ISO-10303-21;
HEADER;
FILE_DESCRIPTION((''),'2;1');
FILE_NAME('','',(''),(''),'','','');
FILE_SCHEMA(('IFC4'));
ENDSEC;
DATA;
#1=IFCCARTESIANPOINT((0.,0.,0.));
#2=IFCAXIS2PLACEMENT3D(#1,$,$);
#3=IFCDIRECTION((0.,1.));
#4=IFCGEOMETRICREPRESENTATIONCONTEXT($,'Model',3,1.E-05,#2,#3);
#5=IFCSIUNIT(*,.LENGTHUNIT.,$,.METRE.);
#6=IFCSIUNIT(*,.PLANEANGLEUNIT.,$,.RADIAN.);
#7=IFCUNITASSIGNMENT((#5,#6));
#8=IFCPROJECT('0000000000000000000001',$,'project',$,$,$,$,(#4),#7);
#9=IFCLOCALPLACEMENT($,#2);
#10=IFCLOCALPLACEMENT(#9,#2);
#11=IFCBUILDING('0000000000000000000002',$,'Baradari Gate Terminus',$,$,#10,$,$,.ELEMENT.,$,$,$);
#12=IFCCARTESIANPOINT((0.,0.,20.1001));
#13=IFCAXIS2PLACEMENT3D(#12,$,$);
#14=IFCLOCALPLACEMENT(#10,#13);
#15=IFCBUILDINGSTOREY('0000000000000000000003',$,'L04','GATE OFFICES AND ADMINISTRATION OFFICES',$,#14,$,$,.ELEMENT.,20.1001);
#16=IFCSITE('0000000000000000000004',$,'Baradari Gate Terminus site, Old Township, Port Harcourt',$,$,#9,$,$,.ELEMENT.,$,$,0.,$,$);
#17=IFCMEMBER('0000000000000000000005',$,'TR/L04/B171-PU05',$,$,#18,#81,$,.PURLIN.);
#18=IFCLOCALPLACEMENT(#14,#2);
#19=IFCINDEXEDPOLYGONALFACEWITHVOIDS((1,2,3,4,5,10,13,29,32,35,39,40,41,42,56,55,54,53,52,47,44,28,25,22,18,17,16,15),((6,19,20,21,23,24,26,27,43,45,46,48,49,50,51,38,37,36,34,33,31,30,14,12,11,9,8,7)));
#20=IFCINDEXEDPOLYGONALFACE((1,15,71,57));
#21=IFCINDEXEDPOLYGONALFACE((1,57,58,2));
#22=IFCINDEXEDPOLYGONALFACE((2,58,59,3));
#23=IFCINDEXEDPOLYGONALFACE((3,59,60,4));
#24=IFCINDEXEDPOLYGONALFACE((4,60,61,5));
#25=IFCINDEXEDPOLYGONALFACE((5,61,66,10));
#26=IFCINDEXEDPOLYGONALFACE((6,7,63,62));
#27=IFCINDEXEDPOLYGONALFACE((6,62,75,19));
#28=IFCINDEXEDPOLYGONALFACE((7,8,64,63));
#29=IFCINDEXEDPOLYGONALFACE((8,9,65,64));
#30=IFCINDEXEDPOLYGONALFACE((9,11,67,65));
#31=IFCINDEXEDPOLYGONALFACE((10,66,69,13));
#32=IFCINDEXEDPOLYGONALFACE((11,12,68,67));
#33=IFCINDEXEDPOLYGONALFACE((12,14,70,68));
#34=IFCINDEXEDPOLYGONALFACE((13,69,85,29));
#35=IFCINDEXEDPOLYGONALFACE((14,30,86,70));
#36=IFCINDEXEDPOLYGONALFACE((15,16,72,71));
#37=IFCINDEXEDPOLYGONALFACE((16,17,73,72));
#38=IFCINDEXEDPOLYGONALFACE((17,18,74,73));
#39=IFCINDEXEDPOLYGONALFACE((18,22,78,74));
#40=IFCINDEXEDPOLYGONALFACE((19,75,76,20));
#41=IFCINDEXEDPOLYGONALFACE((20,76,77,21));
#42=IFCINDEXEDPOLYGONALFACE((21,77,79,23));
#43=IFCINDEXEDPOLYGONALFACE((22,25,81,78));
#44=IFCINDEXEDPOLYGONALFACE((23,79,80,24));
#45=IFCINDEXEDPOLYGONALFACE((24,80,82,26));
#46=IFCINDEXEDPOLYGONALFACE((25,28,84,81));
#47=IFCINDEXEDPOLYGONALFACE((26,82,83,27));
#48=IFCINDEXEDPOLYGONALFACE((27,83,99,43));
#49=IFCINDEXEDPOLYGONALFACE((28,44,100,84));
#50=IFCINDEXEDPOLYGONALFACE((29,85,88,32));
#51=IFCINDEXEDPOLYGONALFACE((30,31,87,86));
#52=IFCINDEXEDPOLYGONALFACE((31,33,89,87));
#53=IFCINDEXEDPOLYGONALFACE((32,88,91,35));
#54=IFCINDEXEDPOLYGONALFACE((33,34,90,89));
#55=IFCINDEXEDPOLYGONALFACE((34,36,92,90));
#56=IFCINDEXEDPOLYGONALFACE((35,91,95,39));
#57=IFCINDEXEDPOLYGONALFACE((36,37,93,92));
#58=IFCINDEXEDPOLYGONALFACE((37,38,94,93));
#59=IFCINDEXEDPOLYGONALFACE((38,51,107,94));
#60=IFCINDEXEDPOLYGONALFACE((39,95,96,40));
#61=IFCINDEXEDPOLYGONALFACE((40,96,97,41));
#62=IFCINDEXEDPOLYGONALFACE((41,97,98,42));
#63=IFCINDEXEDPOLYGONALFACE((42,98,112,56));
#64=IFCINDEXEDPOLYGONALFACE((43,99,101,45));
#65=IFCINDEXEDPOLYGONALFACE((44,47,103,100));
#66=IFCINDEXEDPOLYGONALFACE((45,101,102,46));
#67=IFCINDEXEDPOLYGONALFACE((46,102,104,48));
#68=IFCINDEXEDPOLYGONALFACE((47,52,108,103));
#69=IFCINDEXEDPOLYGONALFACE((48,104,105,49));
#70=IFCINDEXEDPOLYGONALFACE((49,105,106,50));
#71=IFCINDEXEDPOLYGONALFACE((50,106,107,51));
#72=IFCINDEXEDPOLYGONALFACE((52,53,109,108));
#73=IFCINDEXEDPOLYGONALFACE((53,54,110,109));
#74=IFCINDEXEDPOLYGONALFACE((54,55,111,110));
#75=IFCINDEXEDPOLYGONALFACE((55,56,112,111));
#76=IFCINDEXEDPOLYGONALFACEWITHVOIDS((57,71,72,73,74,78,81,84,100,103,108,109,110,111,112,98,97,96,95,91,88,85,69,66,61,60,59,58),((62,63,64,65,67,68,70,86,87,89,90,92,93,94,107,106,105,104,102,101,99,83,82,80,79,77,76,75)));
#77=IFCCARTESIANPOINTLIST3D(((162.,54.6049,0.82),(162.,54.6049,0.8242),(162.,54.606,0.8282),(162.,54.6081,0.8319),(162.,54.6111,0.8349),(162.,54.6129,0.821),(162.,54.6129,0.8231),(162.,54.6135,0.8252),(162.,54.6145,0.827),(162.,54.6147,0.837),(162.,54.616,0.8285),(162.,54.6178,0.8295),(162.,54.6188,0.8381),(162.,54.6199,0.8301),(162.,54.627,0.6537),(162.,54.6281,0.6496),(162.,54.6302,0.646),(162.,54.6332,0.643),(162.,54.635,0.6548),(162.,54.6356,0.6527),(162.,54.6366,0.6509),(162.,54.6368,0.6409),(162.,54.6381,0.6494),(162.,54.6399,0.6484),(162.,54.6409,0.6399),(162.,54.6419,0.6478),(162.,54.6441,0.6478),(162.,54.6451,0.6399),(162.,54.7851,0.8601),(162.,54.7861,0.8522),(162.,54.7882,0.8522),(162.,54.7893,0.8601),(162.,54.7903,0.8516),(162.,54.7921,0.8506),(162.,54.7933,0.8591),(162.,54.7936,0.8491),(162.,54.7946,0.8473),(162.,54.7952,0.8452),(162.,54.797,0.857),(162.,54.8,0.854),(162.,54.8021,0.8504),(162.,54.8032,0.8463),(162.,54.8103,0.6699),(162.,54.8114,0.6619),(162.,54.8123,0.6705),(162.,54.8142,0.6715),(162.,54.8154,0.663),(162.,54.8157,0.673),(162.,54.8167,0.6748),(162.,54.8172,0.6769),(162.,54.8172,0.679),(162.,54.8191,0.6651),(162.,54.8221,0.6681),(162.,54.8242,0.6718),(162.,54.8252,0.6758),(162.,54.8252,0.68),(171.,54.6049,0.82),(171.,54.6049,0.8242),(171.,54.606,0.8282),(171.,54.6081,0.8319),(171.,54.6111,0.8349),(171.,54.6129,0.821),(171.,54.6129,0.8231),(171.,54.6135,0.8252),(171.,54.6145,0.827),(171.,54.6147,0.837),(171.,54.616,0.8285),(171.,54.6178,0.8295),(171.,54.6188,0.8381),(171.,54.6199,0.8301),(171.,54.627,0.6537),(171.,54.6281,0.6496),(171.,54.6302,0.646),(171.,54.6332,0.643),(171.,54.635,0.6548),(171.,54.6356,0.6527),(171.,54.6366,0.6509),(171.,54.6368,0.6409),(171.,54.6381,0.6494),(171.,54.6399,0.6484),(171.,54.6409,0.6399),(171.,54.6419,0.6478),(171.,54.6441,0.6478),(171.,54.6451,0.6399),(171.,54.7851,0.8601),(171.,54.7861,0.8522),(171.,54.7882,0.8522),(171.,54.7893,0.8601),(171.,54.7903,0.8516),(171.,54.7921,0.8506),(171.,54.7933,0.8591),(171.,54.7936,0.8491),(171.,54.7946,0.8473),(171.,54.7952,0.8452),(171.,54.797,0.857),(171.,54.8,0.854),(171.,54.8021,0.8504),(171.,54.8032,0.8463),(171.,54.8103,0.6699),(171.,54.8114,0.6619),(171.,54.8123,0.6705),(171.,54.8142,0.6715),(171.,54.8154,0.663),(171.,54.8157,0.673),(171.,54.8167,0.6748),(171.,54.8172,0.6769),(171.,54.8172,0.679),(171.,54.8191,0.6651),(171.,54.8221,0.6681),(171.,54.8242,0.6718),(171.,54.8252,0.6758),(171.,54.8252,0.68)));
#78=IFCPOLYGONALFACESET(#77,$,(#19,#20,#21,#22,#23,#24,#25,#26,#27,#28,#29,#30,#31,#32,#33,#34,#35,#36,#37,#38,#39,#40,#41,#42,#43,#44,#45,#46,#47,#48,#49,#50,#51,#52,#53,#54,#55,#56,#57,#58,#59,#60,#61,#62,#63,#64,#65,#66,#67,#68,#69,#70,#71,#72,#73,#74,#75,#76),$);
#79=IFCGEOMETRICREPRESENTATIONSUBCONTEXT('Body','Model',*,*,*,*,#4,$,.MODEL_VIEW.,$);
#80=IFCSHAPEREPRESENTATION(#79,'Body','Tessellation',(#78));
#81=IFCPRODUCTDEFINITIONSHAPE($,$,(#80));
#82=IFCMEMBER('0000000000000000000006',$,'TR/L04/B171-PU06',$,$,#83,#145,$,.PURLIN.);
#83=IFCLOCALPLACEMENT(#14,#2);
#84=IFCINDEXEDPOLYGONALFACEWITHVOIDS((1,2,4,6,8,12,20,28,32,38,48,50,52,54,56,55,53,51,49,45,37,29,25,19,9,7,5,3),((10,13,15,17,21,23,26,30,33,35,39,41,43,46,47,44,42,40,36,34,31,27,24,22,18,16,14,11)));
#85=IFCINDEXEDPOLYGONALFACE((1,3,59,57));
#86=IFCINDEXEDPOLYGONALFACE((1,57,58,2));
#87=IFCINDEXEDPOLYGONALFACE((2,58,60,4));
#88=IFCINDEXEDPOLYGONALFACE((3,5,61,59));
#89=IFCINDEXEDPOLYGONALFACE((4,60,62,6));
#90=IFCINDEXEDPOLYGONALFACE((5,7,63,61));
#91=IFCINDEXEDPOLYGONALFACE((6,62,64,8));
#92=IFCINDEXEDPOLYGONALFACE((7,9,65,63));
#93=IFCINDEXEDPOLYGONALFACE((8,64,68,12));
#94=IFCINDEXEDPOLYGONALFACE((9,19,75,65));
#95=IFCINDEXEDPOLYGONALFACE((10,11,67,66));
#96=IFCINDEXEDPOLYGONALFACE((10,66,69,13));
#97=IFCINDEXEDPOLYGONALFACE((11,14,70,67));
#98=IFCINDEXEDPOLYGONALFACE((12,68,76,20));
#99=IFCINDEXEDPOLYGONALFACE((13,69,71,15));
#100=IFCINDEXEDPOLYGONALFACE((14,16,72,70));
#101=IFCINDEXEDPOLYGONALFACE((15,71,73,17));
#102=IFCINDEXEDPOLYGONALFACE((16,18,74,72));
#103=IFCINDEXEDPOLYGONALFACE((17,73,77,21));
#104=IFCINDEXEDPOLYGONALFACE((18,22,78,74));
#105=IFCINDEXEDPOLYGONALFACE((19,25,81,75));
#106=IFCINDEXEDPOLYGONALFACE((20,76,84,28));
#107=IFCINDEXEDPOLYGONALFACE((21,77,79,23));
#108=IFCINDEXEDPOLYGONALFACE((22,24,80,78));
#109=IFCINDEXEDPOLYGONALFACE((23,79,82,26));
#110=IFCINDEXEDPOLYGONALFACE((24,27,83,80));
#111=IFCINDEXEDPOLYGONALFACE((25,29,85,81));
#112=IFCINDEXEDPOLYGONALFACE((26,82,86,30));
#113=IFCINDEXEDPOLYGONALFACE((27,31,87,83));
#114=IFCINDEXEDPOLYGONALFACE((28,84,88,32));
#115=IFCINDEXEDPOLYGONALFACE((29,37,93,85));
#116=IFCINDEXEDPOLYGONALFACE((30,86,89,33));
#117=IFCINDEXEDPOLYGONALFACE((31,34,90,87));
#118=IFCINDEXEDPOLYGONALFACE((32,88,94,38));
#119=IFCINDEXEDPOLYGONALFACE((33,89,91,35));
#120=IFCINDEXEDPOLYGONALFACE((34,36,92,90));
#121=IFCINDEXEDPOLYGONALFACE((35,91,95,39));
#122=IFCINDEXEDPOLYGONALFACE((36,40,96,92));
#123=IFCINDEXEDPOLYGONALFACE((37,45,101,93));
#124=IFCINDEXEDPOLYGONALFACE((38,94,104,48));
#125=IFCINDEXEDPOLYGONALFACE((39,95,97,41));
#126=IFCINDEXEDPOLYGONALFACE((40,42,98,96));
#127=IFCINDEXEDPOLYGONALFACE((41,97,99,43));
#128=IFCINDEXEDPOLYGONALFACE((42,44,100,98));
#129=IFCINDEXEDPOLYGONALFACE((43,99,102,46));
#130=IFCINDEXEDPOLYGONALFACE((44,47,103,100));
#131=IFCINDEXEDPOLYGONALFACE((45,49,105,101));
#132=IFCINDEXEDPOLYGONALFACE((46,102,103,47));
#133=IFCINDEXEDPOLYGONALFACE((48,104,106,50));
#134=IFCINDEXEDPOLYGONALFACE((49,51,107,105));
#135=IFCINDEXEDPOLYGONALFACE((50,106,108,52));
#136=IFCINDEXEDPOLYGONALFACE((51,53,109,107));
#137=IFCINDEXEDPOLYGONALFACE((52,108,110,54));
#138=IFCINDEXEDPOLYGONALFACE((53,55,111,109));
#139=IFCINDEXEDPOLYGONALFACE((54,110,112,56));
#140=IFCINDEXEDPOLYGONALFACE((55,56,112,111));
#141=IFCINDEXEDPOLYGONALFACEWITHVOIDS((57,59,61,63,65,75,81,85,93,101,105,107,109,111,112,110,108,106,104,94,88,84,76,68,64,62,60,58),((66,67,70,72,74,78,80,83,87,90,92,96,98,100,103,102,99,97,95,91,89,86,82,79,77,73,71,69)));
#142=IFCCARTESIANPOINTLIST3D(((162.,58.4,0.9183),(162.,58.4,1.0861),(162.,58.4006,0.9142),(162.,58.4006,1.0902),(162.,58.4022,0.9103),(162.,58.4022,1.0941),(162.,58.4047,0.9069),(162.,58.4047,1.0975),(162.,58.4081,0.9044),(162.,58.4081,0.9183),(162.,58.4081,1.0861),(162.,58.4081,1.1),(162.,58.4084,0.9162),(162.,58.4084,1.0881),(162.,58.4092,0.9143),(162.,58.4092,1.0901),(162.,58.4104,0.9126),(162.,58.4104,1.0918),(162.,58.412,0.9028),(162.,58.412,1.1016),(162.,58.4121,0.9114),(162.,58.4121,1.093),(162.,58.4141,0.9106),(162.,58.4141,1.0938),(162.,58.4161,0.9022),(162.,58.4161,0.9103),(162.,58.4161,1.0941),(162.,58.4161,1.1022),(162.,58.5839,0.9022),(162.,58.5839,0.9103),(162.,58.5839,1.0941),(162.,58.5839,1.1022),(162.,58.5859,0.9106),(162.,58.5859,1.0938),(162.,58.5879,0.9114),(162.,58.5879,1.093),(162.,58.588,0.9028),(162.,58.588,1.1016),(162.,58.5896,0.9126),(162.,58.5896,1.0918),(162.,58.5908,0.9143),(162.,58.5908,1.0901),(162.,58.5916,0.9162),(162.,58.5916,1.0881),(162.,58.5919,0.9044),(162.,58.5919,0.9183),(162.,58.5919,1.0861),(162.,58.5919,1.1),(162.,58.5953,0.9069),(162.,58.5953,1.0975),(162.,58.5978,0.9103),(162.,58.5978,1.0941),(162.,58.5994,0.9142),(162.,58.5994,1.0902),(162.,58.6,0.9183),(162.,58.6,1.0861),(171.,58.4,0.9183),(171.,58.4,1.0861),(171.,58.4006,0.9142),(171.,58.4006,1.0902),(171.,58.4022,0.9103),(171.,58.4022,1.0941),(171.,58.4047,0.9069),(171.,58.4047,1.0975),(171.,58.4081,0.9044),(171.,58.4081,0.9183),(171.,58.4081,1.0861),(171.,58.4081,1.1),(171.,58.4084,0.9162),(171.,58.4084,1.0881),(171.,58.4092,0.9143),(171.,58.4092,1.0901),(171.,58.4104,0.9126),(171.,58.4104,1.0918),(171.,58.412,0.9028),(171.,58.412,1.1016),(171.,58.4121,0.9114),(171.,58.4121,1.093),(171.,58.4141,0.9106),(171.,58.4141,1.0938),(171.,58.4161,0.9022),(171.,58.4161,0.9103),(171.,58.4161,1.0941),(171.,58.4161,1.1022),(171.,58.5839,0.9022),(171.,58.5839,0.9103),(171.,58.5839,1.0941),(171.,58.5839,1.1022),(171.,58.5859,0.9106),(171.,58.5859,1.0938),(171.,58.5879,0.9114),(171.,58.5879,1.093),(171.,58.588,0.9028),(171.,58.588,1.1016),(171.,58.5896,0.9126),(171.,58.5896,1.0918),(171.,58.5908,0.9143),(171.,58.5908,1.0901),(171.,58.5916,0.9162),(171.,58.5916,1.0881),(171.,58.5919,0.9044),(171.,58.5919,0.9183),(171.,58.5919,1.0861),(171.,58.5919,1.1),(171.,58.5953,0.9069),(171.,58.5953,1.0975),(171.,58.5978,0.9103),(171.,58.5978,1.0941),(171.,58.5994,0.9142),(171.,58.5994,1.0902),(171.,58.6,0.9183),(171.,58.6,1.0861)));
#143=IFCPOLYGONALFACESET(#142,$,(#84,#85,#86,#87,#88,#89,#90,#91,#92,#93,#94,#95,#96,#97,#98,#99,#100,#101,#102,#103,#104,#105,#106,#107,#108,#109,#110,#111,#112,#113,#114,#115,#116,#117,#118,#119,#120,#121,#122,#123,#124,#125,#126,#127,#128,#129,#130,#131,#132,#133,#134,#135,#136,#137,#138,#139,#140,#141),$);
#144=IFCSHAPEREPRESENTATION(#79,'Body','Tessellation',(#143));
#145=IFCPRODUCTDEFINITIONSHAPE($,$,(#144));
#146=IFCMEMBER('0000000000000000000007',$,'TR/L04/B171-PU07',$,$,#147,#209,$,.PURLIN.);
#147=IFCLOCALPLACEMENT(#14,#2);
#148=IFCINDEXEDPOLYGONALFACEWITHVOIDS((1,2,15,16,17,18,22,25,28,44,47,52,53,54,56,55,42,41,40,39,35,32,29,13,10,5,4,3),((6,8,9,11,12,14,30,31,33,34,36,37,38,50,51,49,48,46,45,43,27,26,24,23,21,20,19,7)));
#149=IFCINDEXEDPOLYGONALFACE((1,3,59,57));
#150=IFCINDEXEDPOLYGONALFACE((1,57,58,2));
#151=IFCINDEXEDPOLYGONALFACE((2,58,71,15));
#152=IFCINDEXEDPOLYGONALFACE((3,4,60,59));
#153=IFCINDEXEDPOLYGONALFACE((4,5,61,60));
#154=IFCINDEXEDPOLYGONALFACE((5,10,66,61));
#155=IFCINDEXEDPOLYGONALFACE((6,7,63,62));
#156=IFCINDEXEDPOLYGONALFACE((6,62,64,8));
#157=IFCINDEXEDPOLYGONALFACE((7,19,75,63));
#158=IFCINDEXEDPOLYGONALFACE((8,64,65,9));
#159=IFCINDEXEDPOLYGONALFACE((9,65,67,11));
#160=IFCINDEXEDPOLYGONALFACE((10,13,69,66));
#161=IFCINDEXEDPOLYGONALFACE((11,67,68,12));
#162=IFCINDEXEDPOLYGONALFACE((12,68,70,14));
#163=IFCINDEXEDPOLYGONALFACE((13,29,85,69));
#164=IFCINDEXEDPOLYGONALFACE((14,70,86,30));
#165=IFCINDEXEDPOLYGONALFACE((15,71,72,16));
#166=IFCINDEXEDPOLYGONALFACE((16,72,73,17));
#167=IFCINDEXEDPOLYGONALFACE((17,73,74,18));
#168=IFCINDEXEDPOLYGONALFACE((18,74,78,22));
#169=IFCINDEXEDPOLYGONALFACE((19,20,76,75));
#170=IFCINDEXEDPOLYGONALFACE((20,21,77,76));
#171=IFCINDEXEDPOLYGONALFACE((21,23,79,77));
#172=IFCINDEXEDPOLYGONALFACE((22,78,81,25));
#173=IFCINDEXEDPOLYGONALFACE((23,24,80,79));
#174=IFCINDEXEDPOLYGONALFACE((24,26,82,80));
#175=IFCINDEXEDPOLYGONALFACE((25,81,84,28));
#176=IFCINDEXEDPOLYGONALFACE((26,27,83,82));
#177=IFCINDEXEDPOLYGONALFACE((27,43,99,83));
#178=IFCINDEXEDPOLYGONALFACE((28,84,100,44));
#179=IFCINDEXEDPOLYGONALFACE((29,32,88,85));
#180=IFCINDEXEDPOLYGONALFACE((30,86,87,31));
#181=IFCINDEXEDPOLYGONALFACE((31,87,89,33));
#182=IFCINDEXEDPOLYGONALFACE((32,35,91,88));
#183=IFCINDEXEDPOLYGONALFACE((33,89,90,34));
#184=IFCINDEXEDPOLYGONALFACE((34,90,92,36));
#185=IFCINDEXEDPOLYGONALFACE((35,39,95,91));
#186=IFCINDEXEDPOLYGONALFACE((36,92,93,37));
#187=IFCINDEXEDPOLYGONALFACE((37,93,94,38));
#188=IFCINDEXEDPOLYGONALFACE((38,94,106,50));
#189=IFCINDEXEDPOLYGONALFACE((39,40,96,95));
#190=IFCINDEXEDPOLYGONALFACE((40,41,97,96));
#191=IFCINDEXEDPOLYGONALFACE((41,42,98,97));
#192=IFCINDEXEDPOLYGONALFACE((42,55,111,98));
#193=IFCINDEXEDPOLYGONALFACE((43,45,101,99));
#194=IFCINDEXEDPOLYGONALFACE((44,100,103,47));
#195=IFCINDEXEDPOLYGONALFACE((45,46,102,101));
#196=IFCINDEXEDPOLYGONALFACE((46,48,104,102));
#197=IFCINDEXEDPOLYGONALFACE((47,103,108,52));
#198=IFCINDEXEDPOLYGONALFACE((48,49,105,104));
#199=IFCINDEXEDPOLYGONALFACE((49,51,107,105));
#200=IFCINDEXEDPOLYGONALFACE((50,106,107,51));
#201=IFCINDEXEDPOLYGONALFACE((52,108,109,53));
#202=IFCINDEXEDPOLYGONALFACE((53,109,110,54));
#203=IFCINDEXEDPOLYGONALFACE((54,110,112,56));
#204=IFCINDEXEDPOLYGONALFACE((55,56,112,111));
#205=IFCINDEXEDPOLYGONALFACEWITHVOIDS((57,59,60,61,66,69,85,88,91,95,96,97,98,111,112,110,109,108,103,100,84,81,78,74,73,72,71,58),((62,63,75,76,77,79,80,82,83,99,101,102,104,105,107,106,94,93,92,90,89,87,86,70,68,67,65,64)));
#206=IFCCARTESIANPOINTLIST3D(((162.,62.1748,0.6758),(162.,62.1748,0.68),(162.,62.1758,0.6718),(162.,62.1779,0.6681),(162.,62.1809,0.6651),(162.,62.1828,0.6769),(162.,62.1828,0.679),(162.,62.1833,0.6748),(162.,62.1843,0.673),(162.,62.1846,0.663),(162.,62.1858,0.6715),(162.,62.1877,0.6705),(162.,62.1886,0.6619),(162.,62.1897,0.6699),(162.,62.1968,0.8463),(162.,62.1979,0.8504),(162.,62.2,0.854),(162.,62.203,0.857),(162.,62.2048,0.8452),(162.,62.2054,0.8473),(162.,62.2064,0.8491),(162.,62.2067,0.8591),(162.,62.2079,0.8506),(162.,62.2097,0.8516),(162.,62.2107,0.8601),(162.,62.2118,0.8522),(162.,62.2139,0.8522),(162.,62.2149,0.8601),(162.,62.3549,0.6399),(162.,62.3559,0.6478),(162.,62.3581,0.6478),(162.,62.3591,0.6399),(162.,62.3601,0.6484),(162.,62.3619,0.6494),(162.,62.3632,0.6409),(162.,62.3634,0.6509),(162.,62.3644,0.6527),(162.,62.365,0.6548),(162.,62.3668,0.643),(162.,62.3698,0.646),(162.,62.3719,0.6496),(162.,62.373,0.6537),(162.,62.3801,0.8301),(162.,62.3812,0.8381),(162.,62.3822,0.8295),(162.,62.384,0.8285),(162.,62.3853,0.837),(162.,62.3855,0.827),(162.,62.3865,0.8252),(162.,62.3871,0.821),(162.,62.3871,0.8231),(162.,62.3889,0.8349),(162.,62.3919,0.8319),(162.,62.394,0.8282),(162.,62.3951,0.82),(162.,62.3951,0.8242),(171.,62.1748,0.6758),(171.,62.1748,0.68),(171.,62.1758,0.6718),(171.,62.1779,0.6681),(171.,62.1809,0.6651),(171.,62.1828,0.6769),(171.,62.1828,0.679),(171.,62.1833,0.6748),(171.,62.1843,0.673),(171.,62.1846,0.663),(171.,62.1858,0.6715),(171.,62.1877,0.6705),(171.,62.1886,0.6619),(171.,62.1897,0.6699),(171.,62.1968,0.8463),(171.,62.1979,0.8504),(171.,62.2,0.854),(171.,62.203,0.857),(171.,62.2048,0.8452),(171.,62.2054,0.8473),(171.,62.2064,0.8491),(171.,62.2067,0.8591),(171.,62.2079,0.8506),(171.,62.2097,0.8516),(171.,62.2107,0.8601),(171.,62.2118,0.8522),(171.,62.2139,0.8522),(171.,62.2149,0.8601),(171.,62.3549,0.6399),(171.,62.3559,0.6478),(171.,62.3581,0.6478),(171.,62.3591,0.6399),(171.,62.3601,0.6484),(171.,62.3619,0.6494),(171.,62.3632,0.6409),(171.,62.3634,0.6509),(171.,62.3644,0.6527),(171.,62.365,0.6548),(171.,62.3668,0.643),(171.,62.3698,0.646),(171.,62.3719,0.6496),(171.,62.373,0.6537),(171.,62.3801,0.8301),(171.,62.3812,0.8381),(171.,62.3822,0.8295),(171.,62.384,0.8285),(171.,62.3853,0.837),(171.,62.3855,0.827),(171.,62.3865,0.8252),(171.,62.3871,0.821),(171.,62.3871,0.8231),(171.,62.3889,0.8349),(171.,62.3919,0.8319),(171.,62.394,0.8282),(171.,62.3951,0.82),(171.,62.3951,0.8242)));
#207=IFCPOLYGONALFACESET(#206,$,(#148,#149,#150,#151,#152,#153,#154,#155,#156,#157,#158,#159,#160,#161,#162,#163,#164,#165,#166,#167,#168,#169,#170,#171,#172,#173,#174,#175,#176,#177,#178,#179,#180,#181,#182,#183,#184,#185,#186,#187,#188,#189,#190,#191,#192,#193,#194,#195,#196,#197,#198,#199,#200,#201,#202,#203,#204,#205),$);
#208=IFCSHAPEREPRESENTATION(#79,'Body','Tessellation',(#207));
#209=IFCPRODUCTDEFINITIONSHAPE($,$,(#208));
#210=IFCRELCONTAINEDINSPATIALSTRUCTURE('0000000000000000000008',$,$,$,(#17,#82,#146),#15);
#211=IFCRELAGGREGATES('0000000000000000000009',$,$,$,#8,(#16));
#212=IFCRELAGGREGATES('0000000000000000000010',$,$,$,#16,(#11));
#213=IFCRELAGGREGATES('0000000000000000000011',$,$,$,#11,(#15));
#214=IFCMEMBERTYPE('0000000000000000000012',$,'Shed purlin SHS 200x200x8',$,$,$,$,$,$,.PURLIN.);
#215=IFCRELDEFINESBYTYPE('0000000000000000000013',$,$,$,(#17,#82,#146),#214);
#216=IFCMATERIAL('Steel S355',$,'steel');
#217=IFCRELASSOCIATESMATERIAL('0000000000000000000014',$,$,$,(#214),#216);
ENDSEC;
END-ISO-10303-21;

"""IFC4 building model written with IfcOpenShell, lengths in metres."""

from ifc_helpers import new_model, si_unit, direction, frame, origin, origin_2d, place, context, subcontext, project, spatial, hollow_rectangle, extrude, material, material_profile, profile_set, type_object, element, save


model = new_model("IFC4")

# Units and contexts
model_context = context("Model", 3, precision=1e-05, world=origin(), true_north=direction((0.0, 1.0)))
body_context = subcontext(model_context, "Body", "Model", "MODEL_VIEW")
ifc_project = project(units=[si_unit("LENGTHUNIT", "METRE"), si_unit("PLANEANGLEUNIT", "RADIAN")], contexts=[model_context])

# Site, building, storey
site_placement = place(None, origin())
site = spatial("IfcSite", under=ifc_project, at=site_placement, Name="Baradari Gate Terminus site, Old Township, Port Harcourt", CompositionType="ELEMENT", RefElevation=0.0)
building_placement = place(site_placement, origin())
building = spatial("IfcBuilding", under=site, at=building_placement, Name="Baradari Gate Terminus", CompositionType="ELEMENT")
storey_placement = place(building_placement, frame((0.0, 0.0, 20.1001)))
storey = spatial("IfcBuildingStorey", under=building, at=storey_placement, Name="L04", Description="GATE OFFICES AND ADMINISTRATION OFFICES", CompositionType="ELEMENT", Elevation=20.1001)

# Members
ifc_material_1 = material(Name="Steel S355", Category="steel")
ifc_material_profile_1 = material_profile(ifc_material_1, hollow_rectangle(XDim=0.2, YDim=0.2, WallThickness=0.0081, InnerFilletRadius=0.0081, OuterFilletRadius=0.0161, at=origin_2d()), Name="SHS 200x200x8")
ifc_profile_set_1 = profile_set([ifc_material_profile_1], Name="Steel S355")
member_type_1 = type_object("IfcMemberType", Name="Shed purlin SHS 200x200x8", PredefinedType="PURLIN", material=ifc_profile_set_1)
for number, where, z_axis, x_axis, name in (
    (1, (162.0, 54.7151, 0.75), (1.0, 0.0, 0.0), (0.0, 0.991303, 0.131599), "TR/L04/B171-PU05"),
    (2, (162.0, 58.5, 1.0022), (1.0, 0.0, 0.0), (0.0, 1.0, 0.0), "TR/L04/B171-PU06"),
    (3, (162.0, 62.2849, 0.75), (1.0, 0.0, 0.0), (0.0, 0.991303, -0.131599), "TR/L04/B171-PU07"),
):
    element("IfcMember", number, at=place(storey_placement, frame(where, z_axis=z_axis, x_axis=x_axis)), inside=storey, type_object=member_type_1, Name=name, PredefinedType="PURLIN", context=body_context, shape_type="SweptSolid", body=[
        extrude(hollow_rectangle(XDim=0.2, YDim=0.2, WallThickness=0.0081, InnerFilletRadius=0.0081, OuterFilletRadius=0.0161, at=origin_2d()), origin(), (0.0, 0.0, 1.0), 9.0),
    ])

save(model, "model.ifc")
